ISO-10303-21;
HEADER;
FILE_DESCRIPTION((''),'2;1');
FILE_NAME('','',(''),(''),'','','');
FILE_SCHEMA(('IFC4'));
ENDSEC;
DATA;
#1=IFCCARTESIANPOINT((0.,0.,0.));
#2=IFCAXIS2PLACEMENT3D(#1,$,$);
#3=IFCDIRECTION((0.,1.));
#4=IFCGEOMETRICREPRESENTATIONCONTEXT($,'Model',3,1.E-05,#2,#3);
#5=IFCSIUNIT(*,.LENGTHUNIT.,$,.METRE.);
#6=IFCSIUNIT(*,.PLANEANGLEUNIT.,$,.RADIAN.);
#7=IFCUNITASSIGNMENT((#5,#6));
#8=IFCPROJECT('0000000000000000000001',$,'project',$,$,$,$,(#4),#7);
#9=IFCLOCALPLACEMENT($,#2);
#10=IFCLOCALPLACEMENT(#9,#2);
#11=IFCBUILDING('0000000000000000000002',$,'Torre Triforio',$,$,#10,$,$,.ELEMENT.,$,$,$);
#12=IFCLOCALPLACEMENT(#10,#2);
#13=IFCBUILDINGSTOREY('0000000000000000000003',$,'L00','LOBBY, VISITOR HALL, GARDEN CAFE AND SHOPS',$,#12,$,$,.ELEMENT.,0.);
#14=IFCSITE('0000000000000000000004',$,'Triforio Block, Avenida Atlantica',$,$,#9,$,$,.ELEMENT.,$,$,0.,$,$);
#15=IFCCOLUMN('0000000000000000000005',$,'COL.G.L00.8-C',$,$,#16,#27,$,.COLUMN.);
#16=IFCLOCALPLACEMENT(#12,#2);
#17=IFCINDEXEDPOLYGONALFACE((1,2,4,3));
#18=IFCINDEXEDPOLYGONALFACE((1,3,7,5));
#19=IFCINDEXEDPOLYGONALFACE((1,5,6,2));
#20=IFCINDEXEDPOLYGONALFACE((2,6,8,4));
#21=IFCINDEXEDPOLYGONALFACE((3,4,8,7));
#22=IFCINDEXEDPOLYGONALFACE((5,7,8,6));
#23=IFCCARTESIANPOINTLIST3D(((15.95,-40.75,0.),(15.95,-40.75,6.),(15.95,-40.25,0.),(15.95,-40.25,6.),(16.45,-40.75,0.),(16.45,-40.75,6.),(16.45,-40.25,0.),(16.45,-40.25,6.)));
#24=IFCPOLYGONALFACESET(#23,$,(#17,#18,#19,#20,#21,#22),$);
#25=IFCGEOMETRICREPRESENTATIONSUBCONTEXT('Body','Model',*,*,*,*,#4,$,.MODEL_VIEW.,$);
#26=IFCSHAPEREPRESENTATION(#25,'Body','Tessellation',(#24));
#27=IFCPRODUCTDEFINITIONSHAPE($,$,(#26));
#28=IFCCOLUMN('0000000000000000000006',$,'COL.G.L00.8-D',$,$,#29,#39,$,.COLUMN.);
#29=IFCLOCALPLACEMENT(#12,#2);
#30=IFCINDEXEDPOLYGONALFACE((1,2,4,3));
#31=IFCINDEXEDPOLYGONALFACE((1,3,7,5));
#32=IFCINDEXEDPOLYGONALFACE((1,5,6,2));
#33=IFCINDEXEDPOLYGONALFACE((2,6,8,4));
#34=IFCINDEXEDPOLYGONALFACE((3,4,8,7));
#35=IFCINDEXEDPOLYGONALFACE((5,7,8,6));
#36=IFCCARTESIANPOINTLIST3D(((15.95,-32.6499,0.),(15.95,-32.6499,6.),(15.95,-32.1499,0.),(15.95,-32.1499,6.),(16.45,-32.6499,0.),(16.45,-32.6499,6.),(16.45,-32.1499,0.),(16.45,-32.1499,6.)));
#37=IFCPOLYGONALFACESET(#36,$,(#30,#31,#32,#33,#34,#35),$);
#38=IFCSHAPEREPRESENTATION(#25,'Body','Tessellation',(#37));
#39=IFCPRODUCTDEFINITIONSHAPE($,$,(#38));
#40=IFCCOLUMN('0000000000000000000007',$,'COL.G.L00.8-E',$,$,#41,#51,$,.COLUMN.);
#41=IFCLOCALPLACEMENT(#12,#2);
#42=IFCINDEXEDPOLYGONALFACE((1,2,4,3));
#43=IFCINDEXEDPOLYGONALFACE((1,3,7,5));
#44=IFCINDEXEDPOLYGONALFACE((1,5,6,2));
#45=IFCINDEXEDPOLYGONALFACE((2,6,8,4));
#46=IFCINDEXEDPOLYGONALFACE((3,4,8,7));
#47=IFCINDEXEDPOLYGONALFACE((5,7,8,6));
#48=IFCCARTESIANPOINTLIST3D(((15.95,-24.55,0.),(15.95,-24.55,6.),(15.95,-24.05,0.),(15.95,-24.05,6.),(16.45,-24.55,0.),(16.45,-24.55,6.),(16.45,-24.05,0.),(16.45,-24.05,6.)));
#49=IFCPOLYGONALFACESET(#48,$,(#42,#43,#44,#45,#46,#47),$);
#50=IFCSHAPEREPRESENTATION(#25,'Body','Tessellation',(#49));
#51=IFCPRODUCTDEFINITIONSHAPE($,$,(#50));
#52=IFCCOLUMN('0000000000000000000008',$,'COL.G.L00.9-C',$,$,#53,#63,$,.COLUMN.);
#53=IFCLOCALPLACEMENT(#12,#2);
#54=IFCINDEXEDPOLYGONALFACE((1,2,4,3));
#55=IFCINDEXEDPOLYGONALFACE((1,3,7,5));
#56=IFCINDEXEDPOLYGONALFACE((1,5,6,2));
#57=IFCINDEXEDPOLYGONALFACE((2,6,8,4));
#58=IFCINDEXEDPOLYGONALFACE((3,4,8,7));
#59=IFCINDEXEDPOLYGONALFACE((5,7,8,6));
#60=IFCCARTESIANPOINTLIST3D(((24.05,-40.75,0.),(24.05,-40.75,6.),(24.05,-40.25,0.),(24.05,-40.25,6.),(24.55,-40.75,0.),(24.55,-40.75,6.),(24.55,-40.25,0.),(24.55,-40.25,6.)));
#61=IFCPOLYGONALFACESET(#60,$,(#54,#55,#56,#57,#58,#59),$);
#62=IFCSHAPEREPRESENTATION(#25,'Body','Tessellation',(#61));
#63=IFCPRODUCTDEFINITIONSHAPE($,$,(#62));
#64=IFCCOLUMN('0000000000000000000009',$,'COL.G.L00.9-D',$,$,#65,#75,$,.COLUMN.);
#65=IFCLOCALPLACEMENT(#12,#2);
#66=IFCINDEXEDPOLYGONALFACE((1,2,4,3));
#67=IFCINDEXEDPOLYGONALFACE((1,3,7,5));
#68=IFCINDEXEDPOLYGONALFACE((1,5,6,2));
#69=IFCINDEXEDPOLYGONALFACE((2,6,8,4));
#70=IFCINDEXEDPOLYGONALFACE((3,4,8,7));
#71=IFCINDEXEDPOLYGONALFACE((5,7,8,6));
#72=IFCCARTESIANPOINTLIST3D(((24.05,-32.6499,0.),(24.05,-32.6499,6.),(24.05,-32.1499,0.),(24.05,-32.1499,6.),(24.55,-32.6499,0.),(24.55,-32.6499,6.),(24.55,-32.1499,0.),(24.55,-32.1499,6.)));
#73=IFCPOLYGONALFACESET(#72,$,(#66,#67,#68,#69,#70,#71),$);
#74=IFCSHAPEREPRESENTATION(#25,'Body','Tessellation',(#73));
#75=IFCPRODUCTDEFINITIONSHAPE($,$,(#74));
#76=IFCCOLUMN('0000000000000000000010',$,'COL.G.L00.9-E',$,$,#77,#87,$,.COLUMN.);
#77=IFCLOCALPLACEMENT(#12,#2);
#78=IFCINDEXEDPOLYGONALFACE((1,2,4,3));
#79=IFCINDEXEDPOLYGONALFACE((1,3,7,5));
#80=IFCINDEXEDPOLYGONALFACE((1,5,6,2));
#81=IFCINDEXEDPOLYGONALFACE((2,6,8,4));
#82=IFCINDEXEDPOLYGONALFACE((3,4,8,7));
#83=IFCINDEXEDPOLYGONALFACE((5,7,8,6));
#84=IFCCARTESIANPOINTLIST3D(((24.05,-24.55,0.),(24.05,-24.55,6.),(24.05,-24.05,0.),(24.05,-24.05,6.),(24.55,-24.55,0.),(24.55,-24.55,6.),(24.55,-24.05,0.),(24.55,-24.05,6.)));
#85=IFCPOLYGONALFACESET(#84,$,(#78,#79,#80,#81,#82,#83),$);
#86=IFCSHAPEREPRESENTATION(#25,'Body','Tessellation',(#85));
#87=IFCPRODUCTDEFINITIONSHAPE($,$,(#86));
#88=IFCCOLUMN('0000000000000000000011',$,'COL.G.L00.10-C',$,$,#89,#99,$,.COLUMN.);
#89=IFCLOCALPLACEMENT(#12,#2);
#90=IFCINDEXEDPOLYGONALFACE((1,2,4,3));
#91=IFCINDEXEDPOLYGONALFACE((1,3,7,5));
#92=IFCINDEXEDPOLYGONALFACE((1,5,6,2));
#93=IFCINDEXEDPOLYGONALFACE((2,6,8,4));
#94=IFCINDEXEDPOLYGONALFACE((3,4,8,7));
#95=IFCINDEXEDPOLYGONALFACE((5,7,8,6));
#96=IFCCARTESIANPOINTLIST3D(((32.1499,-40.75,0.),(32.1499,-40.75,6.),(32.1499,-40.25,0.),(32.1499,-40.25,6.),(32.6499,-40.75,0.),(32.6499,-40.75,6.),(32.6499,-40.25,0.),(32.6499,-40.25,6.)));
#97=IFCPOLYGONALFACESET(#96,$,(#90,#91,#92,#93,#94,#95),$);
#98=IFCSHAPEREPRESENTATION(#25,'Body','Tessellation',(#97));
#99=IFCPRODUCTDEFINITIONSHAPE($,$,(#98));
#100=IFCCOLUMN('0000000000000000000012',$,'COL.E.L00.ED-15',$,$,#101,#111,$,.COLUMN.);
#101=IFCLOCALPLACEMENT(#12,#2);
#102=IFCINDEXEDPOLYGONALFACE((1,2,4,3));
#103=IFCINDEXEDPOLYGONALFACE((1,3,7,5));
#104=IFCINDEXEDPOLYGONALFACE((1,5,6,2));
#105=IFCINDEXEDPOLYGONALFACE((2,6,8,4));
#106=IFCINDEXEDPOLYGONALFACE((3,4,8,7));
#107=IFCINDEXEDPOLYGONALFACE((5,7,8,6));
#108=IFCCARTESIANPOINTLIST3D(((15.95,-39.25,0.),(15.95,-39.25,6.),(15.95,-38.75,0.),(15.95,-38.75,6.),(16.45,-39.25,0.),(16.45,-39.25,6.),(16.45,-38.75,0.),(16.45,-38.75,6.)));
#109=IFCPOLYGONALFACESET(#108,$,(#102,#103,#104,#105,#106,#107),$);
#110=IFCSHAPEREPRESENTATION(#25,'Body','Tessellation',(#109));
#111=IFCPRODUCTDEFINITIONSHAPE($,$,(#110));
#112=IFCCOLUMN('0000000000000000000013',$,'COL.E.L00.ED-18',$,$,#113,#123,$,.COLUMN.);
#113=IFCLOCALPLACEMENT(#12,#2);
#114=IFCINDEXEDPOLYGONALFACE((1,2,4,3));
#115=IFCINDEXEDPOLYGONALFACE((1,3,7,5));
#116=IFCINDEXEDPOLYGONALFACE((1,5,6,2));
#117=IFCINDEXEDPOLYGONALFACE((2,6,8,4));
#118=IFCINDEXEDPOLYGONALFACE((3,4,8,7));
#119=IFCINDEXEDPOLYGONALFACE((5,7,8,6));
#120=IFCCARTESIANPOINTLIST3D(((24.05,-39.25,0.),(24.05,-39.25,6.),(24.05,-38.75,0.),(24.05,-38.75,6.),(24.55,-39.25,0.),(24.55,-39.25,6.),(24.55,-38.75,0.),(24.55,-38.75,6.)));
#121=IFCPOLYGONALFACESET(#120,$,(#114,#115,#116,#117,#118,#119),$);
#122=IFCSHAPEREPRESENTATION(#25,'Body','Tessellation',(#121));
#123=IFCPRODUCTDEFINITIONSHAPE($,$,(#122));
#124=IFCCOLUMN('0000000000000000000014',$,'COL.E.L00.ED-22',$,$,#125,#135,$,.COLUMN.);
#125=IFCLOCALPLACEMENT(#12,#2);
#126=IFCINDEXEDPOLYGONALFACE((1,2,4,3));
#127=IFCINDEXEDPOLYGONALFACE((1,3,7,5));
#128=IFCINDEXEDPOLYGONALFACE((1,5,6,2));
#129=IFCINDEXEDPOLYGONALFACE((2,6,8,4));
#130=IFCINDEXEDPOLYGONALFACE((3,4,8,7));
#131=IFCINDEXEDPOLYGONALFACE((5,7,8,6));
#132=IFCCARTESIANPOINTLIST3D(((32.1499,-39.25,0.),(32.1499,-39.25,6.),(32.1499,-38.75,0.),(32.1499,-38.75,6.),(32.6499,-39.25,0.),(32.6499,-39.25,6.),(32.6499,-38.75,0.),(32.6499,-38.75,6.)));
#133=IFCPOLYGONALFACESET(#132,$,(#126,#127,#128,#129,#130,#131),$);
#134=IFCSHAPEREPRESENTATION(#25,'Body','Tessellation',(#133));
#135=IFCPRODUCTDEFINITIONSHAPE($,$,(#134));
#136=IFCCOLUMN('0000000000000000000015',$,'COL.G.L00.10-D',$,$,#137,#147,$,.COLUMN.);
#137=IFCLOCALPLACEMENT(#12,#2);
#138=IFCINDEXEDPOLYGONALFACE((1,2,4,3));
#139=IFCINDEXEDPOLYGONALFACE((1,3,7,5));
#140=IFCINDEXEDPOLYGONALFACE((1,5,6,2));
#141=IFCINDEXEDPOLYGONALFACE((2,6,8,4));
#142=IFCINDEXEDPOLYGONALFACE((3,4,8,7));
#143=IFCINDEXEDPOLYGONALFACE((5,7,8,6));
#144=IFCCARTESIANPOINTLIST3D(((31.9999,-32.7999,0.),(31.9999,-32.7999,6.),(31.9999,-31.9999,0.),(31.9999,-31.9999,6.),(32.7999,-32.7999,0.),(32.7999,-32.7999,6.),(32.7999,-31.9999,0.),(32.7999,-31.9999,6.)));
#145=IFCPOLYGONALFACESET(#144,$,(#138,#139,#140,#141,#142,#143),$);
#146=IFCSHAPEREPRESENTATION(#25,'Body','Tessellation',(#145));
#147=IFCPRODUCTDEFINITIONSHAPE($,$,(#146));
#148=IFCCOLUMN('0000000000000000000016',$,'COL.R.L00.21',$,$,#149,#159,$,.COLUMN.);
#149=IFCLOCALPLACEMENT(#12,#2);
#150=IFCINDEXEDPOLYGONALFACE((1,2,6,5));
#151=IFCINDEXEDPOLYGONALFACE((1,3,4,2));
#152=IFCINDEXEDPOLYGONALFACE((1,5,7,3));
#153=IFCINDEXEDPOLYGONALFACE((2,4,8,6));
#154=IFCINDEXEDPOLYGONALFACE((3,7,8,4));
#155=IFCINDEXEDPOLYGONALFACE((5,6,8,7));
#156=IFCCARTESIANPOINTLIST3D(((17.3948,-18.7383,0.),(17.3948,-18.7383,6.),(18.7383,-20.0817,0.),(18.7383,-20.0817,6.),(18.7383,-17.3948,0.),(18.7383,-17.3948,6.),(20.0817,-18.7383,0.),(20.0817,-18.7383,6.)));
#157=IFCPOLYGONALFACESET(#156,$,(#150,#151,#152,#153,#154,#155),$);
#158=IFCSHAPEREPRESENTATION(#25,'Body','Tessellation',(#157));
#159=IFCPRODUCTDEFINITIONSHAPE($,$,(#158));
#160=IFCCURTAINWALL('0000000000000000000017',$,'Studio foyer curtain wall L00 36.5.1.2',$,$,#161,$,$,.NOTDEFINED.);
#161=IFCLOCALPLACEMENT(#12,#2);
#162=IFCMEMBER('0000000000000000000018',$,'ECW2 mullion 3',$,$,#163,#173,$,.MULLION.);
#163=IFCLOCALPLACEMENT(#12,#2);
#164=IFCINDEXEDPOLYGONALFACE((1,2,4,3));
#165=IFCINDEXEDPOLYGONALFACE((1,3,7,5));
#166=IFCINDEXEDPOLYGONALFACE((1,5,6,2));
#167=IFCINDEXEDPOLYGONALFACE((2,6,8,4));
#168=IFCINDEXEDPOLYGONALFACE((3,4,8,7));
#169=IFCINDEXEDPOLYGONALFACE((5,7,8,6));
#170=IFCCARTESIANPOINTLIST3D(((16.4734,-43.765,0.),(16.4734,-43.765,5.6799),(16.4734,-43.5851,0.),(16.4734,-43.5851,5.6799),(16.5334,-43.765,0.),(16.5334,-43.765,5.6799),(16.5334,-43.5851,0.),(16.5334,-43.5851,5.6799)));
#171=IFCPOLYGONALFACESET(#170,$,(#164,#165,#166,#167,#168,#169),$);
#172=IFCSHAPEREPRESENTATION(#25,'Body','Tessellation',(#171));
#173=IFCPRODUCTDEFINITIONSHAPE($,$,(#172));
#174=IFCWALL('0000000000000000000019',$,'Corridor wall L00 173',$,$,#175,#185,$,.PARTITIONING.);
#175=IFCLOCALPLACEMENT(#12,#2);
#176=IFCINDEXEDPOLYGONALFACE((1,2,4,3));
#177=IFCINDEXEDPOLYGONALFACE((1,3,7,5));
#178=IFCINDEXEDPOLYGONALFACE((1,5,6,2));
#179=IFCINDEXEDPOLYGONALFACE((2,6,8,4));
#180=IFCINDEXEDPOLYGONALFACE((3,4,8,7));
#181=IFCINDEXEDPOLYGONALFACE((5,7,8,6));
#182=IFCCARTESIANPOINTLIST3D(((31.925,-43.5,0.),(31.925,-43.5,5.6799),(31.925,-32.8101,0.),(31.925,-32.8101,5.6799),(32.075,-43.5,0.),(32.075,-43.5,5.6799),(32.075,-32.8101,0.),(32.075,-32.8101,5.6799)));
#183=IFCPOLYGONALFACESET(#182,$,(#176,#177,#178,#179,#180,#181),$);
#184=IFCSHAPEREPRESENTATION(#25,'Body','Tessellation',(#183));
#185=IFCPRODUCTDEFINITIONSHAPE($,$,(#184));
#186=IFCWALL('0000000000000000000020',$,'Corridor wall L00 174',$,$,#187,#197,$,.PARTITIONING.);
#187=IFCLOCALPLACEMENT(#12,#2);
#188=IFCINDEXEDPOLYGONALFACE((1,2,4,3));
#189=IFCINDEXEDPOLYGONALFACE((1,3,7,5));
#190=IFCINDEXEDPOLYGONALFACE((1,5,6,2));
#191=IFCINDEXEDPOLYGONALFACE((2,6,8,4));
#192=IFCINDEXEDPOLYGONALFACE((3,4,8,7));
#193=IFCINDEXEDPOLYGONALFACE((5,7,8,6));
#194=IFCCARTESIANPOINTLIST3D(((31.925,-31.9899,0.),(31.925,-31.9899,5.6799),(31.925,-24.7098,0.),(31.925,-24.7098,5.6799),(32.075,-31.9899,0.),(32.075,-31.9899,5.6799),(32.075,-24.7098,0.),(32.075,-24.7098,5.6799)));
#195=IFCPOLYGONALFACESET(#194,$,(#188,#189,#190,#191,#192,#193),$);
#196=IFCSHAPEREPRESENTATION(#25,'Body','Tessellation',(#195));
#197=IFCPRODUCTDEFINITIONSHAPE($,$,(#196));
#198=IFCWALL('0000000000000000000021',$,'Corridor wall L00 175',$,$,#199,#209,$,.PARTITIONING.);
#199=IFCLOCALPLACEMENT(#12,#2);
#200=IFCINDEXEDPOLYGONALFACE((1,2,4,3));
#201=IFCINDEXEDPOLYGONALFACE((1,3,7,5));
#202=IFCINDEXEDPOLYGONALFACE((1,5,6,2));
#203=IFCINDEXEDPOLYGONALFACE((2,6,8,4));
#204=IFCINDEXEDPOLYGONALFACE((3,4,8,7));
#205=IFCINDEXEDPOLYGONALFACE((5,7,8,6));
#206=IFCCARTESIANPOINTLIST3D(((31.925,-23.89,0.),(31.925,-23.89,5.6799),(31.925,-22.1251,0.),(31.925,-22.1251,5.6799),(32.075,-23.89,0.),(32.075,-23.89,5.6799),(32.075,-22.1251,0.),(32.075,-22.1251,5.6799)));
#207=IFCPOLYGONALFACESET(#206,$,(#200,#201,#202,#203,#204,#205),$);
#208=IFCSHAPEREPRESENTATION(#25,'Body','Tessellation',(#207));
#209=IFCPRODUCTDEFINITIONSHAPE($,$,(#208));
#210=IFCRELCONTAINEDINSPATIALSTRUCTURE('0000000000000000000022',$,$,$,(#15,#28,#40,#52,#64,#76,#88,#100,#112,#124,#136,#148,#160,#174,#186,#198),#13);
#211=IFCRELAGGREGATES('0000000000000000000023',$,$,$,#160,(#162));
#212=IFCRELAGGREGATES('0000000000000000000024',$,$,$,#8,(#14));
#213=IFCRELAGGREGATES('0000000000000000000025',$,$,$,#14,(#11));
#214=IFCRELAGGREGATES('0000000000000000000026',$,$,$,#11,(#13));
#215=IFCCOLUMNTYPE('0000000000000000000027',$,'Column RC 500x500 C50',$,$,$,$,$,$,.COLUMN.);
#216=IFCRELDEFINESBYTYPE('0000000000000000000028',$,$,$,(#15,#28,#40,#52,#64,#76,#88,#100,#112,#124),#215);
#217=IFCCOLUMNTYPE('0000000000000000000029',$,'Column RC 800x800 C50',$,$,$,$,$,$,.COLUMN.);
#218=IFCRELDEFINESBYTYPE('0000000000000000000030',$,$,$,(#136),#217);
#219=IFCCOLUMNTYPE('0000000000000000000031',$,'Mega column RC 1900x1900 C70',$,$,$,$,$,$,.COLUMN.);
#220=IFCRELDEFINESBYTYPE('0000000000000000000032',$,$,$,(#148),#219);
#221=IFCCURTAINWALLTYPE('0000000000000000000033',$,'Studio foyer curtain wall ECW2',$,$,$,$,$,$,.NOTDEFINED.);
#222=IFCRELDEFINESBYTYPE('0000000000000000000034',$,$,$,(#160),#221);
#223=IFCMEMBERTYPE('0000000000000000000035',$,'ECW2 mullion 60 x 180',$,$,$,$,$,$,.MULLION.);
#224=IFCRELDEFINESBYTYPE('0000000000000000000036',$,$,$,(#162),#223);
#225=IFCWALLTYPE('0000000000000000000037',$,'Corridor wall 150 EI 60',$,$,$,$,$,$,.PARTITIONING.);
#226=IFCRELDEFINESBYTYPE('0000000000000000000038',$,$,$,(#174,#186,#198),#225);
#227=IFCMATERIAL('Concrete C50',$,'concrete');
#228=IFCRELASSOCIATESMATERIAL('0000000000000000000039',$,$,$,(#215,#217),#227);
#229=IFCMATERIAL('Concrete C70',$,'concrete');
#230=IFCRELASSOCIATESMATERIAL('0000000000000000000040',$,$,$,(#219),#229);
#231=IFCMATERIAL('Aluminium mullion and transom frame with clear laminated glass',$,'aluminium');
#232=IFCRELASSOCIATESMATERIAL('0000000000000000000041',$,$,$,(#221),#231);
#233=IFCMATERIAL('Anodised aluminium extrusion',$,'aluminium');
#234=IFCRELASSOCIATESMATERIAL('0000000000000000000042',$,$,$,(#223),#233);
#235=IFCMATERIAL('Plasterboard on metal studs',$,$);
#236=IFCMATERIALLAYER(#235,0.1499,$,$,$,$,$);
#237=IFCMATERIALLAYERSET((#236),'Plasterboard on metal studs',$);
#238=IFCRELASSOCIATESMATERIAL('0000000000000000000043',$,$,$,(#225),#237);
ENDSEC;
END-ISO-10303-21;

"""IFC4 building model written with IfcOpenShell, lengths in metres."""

from ifc_helpers import new_model, si_unit, direction, frame, frame_2d, origin, origin_2d, place, context, subcontext, project, spatial, rectangle, extrude, material, layer, layer_set, material_profile, profile_set, type_object, element, aggregate, save


model = new_model("IFC4")

# Units and contexts
model_context = context("Model", 3, precision=1e-05, world=origin(), true_north=direction((0.0, 1.0)))
body_context = subcontext(model_context, "Body", "Model", "MODEL_VIEW")
ifc_project = project(units=[si_unit("LENGTHUNIT", "METRE"), si_unit("PLANEANGLEUNIT", "RADIAN")], contexts=[model_context])

# Site, building, storey
site_placement = place(None, origin())
site = spatial("IfcSite", under=ifc_project, at=site_placement, Name="Triforio Block, Avenida Atlantica", CompositionType="ELEMENT", RefElevation=0.0)
building_placement = place(site_placement, origin())
building = spatial("IfcBuilding", under=site, at=building_placement, Name="Torre Triforio", CompositionType="ELEMENT")
storey_placement = place(building_placement, origin())
storey = spatial("IfcBuildingStorey", under=building, at=storey_placement, Name="L00", Description="LOBBY, VISITOR HALL, GARDEN CAFE AND SHOPS", CompositionType="ELEMENT", Elevation=0.0)

# Columns
ifc_material_1 = material(Name="Concrete C50", Category="concrete")
ifc_material_profile_1 = material_profile(ifc_material_1, rectangle(XDim=0.5, YDim=0.5, at=origin_2d()), Name="RC 500x500")
ifc_profile_set_1 = profile_set([ifc_material_profile_1], Name="Concrete C50")
column_type_1 = type_object("IfcColumnType", Name="Column RC 500x500 C50", PredefinedType="COLUMN", material=ifc_profile_set_1)
for number, where, z_axis, x_axis, name in (
    (1, (16.2, -40.5, 0.0), (0.0, 0.0, 1.0), (1.0, 0.0, 0.0), "COL.G.L00.8-C"),
    (2, (16.2, -32.3999, 0.0), (0.0, 0.0, 1.0), (1.0, 0.0, 0.0), "COL.G.L00.8-D"),
    (3, (16.2, -24.3, 0.0), (0.0, 0.0, 1.0), (1.0, 0.0, 0.0), "COL.G.L00.8-E"),
    (4, (24.3, -40.5, 0.0), (0.0, 0.0, 1.0), (1.0, 0.0, 0.0), "COL.G.L00.9-C"),
    (5, (24.3, -32.3999, 0.0), (0.0, 0.0, 1.0), (1.0, 0.0, 0.0), "COL.G.L00.9-D"),
    (6, (24.3, -24.3, 0.0), (0.0, 0.0, 1.0), (1.0, 0.0, 0.0), "COL.G.L00.9-E"),
    (7, (32.3999, -40.5, 0.0), (0.0, 0.0, 1.0), (1.0, 0.0, 0.0), "COL.G.L00.10-C"),
    (8, (16.2, -39.0, 0.0), (0.0, 0.0, 1.0), (1.0, 0.0, 0.0), "COL.E.L00.ED-15"),
    (9, (24.3, -39.0, 0.0), (0.0, 0.0, 1.0), (1.0, 0.0, 0.0), "COL.E.L00.ED-18"),
    (10, (32.3999, -39.0, 0.0), (0.0, 0.0, 1.0), (1.0, 0.0, 0.0), "COL.E.L00.ED-22"),
):
    element("IfcColumn", number, at=place(storey_placement, frame(where, z_axis=z_axis, x_axis=x_axis)), inside=storey, type_object=column_type_1, Name=name, PredefinedType="COLUMN", context=body_context, shape_type="SweptSolid", body=[
        extrude(rectangle(XDim=0.5, YDim=0.5, at=origin_2d()), origin(), (0.0, 0.0, 1.0), 6.0),
    ])
ifc_material_profile_2 = material_profile(ifc_material_1, rectangle(XDim=0.8, YDim=0.8, at=origin_2d()), Name="RC 800x800")
ifc_profile_set_2 = profile_set([ifc_material_profile_2], Name="Concrete C50")
column_type_2 = type_object("IfcColumnType", Name="Column RC 800x800 C50", PredefinedType="COLUMN", material=ifc_profile_set_2)
column_1_placement = place(storey_placement, frame((32.3999, -32.3999, 0.0), z_axis=(0.0, 0.0, 1.0), x_axis=(1.0, 0.0, 0.0)))
element("IfcColumn", 11, at=column_1_placement, inside=storey, type_object=column_type_2, Name="COL.G.L00.10-D", PredefinedType="COLUMN", context=body_context, shape_type="SweptSolid", body=[
    extrude(rectangle(XDim=0.8, YDim=0.8, at=origin_2d()), origin(), (0.0, 0.0, 1.0), 6.0),
])
ifc_material_2 = material(Name="Concrete C70", Category="concrete")
ifc_material_profile_3 = material_profile(ifc_material_2, rectangle(XDim=1.8999, YDim=1.8999, at=origin_2d()), Name="RC 1900x1900")
ifc_profile_set_3 = profile_set([ifc_material_profile_3], Name="Concrete C70")
column_type_3 = type_object("IfcColumnType", Name="Mega column RC 1900x1900 C70", PredefinedType="COLUMN", material=ifc_profile_set_3)
column_2_placement = place(storey_placement, frame((18.7383, -18.7383, 0.0), z_axis=(0.0, 0.0, 1.0), x_axis=(0.707107, 0.707107, 0.0)))
element("IfcColumn", 12, at=column_2_placement, inside=storey, type_object=column_type_3, Name="COL.R.L00.21", PredefinedType="COLUMN", context=body_context, shape_type="SweptSolid", body=[
    extrude(rectangle(XDim=1.8999, YDim=1.8999, at=origin_2d()), origin(), (0.0, 0.0, 1.0), 6.0),
])

# Curtain wall, member
ifc_material_3 = material(Name="Aluminium mullion and transom frame with clear laminated glass", Category="aluminium")
curtain_wall_type = type_object("IfcCurtainWallType", Name="Studio foyer curtain wall ECW2", PredefinedType="NOTDEFINED", material=ifc_material_3)
curtain_wall_placement = place(storey_placement, origin())
curtain_wall = element("IfcCurtainWall", 13, at=curtain_wall_placement, inside=storey, type_object=curtain_wall_type, Name="Studio foyer curtain wall L00 36.5.1.2", PredefinedType="NOTDEFINED")
ifc_material_4 = material(Name="Anodised aluminium extrusion", Category="aluminium")
ifc_material_profile_4 = material_profile(ifc_material_4, rectangle(XDim=0.1799, YDim=0.0601, at=origin_2d()), Name="ECW2 MULLION 60x180")
ifc_profile_set_4 = profile_set([ifc_material_profile_4], Name="Anodised aluminium extrusion")
member_type = type_object("IfcMemberType", Name="ECW2 mullion 60 x 180", PredefinedType="MULLION", material=ifc_profile_set_4)
member_placement = place(storey_placement, frame((16.5034, -43.675, 0.0), z_axis=(0.0, 0.0, 1.0), x_axis=(0.0, 1.0, 0.0)))
member = element("IfcMember", 14, at=member_placement, type_object=member_type, Name="ECW2 mullion 3", PredefinedType="MULLION", context=body_context, shape_type="SweptSolid", body=[
    extrude(rectangle(XDim=0.1799, YDim=0.0601, at=origin_2d()), origin(), (0.0, 0.0, 1.0), 5.6799),
])
aggregate(curtain_wall, [member])

# Walls
ifc_material_5 = material(Name="Plasterboard on metal studs")
ifc_layer_1 = layer(ifc_material_5, 0.1499)
ifc_layer_set_1 = layer_set([ifc_layer_1], Name="Plasterboard on metal studs")
wall_type_1 = type_object("IfcWallType", Name="Corridor wall 150 EI 60", PredefinedType="PARTITIONING", material=ifc_layer_set_1)
wall_1_placement = place(storey_placement, frame((32.0, -43.5, 0.0), z_axis=(0.0, 0.0, 1.0), x_axis=(0.0, 1.0, 0.0)))
element("IfcWall", 15, at=wall_1_placement, inside=storey, type_object=wall_type_1, Name="Corridor wall L00 173", PredefinedType="PARTITIONING", context=body_context, shape_type="SweptSolid", body=[
    extrude(rectangle(XDim=10.6899, YDim=0.1499, at=frame_2d((5.345, 0.0))), origin(), (0.0, 0.0, 1.0), 5.6799),
])
wall_2_placement = place(storey_placement, frame((32.0, -31.99, 0.0), z_axis=(0.0, 0.0, 1.0), x_axis=(0.0, 1.0, 0.0)))
element("IfcWall", 16, at=wall_2_placement, inside=storey, type_object=wall_type_1, Name="Corridor wall L00 174", PredefinedType="PARTITIONING", context=body_context, shape_type="SweptSolid", body=[
    extrude(rectangle(XDim=7.28, YDim=0.1499, at=frame_2d((3.6401, 0.0))), origin(), (0.0, 0.0, 1.0), 5.6799),
])
wall_3_placement = place(storey_placement, frame((32.0, -23.8899, 0.0), z_axis=(0.0, 0.0, 1.0), x_axis=(0.0, 1.0, 0.0)))
element("IfcWall", 17, at=wall_3_placement, inside=storey, type_object=wall_type_1, Name="Corridor wall L00 175", PredefinedType="PARTITIONING", context=body_context, shape_type="SweptSolid", body=[
    extrude(rectangle(XDim=1.7649, YDim=0.1499, at=frame_2d((0.8823, 0.0))), origin(), (0.0, 0.0, 1.0), 5.6799),
])

save(model, "model.ifc")
